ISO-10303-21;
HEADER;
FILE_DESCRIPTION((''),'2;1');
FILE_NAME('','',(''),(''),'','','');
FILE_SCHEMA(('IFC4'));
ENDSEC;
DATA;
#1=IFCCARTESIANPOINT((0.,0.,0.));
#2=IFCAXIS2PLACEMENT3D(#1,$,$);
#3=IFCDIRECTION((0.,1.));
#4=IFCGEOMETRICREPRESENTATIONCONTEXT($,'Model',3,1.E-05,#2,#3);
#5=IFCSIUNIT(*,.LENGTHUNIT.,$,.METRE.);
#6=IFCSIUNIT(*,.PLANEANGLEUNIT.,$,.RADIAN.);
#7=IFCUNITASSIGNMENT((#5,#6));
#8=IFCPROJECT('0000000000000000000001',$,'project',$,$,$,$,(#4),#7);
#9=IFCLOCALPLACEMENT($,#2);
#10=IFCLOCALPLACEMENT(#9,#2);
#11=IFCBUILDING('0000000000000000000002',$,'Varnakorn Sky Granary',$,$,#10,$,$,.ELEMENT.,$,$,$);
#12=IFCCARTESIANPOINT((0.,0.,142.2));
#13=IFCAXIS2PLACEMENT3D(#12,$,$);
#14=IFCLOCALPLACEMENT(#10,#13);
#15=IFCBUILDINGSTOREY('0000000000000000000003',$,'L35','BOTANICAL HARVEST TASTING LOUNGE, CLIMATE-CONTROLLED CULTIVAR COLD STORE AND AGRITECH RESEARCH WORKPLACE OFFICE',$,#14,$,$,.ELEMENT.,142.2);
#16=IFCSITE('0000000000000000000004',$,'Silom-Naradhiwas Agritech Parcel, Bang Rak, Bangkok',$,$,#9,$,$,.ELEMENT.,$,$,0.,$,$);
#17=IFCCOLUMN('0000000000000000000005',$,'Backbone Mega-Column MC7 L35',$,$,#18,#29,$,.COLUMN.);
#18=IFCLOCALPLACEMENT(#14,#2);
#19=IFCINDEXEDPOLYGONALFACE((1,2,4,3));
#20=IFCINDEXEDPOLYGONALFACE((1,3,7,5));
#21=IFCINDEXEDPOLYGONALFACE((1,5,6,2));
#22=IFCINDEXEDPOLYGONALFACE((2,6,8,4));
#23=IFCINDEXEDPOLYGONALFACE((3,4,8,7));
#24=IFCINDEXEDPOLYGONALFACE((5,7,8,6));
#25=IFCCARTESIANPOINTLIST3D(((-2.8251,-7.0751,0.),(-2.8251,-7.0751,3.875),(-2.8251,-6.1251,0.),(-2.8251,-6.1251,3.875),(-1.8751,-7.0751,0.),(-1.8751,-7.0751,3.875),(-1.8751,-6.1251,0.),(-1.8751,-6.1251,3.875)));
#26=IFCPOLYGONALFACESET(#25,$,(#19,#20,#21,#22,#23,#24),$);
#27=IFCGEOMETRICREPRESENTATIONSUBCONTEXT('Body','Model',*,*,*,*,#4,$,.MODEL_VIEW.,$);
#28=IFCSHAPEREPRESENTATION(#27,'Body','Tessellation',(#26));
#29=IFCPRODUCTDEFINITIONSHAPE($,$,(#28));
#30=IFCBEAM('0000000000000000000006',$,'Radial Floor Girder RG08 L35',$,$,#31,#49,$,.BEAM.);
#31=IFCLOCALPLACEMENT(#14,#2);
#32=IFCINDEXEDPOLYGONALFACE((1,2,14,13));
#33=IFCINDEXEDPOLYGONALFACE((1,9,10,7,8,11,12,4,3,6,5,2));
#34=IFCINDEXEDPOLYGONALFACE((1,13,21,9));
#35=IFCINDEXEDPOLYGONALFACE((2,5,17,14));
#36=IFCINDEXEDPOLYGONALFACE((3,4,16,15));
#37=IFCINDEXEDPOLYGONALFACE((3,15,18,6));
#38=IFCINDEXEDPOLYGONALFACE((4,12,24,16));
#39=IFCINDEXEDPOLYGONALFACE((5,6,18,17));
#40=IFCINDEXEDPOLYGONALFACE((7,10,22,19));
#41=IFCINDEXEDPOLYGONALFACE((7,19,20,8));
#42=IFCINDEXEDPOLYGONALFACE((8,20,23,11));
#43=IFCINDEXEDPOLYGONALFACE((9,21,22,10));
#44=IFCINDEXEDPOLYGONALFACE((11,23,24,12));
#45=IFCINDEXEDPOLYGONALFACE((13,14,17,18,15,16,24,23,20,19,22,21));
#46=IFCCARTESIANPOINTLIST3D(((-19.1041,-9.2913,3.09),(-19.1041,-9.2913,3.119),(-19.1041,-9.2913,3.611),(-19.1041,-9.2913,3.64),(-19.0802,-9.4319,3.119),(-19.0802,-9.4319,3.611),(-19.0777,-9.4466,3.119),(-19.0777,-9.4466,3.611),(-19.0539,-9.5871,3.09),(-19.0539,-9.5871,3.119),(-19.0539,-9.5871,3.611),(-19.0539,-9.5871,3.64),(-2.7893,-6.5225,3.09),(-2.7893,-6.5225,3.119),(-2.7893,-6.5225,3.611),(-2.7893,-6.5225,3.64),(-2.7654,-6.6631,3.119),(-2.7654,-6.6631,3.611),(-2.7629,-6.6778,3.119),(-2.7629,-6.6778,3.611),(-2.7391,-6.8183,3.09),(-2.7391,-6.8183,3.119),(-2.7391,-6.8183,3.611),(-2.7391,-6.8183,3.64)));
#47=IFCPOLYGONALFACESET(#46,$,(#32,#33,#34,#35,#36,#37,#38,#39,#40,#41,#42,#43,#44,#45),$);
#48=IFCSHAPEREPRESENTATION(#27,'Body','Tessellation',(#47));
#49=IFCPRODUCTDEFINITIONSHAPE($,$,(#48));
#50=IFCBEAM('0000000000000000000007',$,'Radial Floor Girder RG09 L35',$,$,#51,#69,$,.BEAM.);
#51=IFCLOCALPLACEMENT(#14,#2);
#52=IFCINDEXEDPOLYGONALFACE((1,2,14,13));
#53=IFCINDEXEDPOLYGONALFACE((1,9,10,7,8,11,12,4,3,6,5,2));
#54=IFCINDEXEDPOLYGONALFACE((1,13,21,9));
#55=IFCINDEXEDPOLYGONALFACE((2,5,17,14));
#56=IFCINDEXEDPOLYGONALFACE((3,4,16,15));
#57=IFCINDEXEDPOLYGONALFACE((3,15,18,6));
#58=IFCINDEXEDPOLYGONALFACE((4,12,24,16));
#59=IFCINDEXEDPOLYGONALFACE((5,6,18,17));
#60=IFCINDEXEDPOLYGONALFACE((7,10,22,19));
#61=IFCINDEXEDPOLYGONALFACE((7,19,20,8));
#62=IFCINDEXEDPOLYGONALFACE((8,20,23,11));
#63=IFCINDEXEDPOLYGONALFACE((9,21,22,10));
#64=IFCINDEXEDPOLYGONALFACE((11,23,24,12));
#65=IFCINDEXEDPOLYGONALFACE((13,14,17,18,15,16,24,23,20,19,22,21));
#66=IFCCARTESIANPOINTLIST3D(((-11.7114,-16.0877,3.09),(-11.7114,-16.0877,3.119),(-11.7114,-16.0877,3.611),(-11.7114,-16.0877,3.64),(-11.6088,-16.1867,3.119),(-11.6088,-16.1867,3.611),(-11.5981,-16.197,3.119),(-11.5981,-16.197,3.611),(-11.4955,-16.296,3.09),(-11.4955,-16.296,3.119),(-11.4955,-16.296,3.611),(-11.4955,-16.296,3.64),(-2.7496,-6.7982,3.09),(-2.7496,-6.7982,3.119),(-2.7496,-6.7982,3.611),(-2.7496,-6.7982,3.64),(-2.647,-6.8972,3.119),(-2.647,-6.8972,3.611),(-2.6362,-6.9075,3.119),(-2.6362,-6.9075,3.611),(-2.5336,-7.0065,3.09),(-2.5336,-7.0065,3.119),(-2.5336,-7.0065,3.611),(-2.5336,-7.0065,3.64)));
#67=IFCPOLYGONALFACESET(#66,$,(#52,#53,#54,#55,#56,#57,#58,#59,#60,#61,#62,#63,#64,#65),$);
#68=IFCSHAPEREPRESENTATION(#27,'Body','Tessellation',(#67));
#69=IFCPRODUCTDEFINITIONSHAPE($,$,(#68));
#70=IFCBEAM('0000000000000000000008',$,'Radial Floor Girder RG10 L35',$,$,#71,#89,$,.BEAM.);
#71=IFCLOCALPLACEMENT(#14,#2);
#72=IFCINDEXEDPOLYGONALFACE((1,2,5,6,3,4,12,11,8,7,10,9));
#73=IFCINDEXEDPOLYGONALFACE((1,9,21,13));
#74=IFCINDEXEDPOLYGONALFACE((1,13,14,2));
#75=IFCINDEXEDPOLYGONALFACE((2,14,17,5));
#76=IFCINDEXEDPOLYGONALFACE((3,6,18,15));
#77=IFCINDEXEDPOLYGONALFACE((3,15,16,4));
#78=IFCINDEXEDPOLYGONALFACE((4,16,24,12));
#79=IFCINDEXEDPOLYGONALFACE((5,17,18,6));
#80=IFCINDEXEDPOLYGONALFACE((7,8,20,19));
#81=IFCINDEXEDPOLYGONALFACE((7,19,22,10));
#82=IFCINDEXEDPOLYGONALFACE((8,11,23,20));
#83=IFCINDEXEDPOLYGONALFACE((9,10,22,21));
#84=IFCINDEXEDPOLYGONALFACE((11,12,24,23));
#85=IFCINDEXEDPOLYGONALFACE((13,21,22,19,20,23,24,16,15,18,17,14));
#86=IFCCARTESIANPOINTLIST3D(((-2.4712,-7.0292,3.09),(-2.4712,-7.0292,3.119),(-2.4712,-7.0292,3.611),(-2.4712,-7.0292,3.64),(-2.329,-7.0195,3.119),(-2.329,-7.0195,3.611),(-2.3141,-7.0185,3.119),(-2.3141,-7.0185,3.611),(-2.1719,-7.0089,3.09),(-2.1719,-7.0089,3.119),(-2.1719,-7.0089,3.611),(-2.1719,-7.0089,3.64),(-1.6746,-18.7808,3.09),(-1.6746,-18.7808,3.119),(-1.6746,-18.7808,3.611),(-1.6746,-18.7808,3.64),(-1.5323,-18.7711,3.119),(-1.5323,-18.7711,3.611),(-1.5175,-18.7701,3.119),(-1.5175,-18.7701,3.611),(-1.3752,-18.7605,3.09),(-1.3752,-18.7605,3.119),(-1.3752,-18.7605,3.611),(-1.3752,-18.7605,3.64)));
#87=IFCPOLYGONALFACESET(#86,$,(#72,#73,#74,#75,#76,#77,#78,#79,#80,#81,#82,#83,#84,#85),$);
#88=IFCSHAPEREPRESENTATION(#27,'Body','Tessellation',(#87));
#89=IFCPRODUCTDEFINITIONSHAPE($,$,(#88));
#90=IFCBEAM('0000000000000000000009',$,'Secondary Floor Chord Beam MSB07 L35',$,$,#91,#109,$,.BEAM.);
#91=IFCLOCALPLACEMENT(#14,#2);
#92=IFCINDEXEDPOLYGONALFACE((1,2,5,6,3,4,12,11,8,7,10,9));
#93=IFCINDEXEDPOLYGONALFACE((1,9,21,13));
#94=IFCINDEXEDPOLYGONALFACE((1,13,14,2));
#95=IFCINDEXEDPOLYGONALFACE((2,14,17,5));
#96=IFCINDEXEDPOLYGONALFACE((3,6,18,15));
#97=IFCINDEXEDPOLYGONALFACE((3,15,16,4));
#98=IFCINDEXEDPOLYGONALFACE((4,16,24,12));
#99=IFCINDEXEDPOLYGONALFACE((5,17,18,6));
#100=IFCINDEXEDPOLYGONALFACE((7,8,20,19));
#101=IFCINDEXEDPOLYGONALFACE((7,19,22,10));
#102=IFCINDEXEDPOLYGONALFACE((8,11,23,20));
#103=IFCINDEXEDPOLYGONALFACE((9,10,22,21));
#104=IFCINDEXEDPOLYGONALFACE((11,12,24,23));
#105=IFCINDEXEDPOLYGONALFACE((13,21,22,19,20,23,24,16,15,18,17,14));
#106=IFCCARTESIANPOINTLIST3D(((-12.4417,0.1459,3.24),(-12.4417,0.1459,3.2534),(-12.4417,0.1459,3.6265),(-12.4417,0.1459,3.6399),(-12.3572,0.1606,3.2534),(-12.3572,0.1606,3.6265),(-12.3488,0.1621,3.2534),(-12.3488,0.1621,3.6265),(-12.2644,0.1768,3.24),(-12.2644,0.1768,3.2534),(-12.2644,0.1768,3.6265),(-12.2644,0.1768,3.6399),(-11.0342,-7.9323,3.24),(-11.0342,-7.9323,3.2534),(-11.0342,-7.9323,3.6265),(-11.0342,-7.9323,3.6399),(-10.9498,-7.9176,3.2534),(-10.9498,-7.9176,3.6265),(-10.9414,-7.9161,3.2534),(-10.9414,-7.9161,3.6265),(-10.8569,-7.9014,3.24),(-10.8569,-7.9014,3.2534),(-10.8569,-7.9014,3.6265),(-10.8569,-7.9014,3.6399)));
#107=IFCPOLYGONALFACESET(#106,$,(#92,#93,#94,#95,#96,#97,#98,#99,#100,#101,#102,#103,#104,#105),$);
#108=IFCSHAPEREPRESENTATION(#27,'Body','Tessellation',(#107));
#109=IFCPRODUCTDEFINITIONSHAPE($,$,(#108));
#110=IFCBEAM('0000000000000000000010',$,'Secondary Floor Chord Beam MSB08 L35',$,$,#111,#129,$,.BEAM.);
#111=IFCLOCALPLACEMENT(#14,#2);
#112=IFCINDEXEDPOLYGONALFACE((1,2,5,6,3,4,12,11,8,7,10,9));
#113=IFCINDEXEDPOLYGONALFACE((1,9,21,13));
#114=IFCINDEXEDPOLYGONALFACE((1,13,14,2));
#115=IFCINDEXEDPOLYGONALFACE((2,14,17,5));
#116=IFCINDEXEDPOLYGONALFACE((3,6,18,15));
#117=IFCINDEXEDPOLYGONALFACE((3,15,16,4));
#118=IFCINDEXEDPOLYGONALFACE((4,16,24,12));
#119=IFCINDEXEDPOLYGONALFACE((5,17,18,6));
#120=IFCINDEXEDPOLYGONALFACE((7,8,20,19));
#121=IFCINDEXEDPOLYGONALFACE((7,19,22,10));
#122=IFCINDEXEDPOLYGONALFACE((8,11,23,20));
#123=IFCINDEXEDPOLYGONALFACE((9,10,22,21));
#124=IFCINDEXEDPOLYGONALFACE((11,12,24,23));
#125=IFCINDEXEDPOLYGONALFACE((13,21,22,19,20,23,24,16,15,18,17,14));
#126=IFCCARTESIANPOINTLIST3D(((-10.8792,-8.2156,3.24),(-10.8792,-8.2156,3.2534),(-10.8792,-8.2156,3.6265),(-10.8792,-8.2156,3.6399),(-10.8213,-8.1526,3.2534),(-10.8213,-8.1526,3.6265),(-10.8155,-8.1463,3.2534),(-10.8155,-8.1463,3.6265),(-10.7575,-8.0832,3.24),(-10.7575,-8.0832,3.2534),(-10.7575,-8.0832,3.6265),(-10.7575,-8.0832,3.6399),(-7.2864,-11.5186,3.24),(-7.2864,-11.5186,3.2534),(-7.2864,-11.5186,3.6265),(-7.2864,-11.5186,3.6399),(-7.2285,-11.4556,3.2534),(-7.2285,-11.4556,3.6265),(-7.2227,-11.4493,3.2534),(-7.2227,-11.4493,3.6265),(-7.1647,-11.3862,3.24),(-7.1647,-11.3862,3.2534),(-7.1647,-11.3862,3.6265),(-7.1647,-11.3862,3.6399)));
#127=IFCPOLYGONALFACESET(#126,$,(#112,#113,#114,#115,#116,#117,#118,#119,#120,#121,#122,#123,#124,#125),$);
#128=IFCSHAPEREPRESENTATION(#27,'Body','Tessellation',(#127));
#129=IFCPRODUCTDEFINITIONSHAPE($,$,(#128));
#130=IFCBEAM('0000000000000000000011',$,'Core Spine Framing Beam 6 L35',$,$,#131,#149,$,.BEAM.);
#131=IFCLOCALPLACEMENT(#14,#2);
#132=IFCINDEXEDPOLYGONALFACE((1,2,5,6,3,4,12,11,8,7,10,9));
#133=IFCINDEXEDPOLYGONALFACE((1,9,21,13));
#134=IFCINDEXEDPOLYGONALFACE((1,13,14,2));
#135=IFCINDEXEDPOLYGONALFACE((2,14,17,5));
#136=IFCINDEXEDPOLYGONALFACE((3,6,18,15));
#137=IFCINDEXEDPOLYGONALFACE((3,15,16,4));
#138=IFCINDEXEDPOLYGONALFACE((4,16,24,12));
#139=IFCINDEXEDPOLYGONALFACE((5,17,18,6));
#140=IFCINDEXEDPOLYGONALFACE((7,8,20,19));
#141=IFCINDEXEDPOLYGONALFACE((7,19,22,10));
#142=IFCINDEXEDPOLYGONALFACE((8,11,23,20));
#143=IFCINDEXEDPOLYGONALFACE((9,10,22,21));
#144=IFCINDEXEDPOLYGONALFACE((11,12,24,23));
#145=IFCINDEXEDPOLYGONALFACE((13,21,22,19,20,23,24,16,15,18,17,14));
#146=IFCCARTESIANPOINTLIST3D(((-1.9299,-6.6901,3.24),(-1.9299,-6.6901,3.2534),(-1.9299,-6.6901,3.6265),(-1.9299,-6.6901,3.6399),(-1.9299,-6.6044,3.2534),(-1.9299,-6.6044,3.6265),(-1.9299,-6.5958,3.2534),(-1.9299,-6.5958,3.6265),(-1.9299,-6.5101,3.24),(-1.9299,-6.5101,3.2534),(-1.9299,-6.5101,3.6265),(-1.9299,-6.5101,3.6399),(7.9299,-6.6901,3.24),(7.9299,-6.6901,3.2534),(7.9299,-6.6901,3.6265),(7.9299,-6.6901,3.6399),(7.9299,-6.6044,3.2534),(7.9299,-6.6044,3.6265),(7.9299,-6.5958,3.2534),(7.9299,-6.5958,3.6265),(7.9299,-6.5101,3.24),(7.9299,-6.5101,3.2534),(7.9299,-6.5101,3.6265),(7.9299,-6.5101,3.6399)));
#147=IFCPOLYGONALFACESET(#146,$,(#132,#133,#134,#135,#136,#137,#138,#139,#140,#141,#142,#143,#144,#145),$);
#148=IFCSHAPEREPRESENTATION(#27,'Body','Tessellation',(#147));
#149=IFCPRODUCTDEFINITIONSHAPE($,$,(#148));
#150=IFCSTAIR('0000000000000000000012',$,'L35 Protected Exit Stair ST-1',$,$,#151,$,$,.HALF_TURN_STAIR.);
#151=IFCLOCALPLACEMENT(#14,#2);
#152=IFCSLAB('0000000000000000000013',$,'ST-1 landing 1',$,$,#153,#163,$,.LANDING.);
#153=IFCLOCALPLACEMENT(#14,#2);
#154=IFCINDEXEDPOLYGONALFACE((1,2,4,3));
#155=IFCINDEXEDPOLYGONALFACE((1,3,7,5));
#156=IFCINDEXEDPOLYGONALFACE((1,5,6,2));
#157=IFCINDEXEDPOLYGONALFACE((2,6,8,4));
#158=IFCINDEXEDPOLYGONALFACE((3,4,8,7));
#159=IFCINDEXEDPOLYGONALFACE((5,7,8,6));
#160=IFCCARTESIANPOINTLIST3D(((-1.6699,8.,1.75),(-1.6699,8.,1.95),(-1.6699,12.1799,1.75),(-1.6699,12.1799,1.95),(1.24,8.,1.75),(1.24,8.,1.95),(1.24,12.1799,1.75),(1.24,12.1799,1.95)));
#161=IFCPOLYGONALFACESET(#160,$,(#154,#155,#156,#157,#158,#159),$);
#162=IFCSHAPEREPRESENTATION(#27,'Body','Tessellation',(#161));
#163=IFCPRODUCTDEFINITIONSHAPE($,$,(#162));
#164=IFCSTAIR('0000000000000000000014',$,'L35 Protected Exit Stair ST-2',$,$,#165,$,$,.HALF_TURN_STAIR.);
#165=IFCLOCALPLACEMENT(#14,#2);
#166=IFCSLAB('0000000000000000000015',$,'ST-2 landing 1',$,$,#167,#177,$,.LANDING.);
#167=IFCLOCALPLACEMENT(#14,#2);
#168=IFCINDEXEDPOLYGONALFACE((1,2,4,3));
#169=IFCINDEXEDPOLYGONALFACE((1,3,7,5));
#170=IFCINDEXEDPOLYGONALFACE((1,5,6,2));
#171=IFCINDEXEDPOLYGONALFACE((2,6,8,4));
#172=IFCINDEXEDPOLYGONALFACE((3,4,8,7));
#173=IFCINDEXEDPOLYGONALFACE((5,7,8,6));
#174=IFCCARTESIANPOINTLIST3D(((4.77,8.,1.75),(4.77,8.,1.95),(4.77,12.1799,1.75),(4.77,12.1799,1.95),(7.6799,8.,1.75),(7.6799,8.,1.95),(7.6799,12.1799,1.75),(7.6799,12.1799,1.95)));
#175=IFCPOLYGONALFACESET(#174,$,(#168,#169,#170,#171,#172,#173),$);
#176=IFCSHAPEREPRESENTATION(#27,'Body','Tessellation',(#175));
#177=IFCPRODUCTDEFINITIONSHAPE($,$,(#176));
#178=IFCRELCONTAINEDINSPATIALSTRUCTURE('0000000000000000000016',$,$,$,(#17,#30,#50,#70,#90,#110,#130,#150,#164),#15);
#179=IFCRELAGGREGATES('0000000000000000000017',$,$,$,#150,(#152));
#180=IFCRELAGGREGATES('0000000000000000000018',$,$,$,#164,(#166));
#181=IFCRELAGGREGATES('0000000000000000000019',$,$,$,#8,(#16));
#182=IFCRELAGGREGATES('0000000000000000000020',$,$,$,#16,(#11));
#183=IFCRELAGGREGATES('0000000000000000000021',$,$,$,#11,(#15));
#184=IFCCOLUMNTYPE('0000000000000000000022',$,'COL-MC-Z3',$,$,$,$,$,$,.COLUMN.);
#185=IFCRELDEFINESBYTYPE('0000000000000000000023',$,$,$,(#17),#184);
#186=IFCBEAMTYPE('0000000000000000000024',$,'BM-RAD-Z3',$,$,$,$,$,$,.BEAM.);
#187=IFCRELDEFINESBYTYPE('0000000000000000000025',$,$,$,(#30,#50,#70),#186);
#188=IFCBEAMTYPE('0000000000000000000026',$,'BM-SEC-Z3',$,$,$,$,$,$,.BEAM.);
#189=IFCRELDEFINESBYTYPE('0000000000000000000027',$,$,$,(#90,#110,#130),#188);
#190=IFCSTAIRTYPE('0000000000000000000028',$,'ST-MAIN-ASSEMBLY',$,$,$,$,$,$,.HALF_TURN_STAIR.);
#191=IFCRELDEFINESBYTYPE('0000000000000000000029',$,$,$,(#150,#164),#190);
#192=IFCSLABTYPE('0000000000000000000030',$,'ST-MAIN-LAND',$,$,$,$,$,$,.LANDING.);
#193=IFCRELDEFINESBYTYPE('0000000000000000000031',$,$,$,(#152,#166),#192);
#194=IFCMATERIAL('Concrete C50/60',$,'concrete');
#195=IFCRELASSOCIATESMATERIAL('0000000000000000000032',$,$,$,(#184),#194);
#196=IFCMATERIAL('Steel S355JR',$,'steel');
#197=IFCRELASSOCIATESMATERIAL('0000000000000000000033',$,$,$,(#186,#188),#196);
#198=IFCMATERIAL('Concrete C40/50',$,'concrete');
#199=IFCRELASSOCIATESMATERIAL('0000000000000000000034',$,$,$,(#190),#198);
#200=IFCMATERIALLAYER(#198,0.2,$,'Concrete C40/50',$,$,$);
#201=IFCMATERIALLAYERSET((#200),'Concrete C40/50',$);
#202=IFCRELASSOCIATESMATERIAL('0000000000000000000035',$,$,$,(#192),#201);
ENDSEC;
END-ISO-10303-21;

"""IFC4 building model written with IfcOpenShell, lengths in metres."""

from ifc_helpers import new_model, si_unit, direction, frame, origin, origin_2d, place, context, subcontext, project, spatial, polyline, rectangle, i_section, outline, extrude, material, layer, layer_set, material_profile, profile_set, type_object, element, aggregate, save


model = new_model("IFC4")

# Units and contexts
model_context = context("Model", 3, precision=1e-05, world=origin(), true_north=direction((0.0, 1.0)))
body_context = subcontext(model_context, "Body", "Model", "MODEL_VIEW")
ifc_project = project(units=[si_unit("LENGTHUNIT", "METRE"), si_unit("PLANEANGLEUNIT", "RADIAN")], contexts=[model_context])

# Site, building, storey
site_placement = place(None, origin())
site = spatial("IfcSite", under=ifc_project, at=site_placement, Name="Silom-Naradhiwas Agritech Parcel, Bang Rak, Bangkok", CompositionType="ELEMENT", RefElevation=0.0)
building_placement = place(site_placement, origin())
building = spatial("IfcBuilding", under=site, at=building_placement, Name="Varnakorn Sky Granary", CompositionType="ELEMENT")
storey_placement = place(building_placement, frame((0.0, 0.0, 142.2)))
storey = spatial("IfcBuildingStorey", under=building, at=storey_placement, Name="L35", Description="BOTANICAL HARVEST TASTING LOUNGE, CLIMATE-CONTROLLED CULTIVAR COLD STORE AND AGRITECH RESEARCH WORKPLACE OFFICE", CompositionType="ELEMENT", Elevation=142.2)

# Column
ifc_material_1 = material(Name="Concrete C50/60", Category="concrete")
ifc_material_profile_1 = material_profile(ifc_material_1, rectangle(XDim=0.95, YDim=0.95, at=origin_2d()), Name="RC 950x950")
ifc_profile_set_1 = profile_set([ifc_material_profile_1], Name="Concrete C50/60")
column_type = type_object("IfcColumnType", Name="COL-MC-Z3", PredefinedType="COLUMN", material=ifc_profile_set_1)
column_placement = place(storey_placement, frame((-2.3501, -6.6001, 0.0), z_axis=(0.0, 0.0, 1.0), x_axis=(1.0, 0.0, 0.0)))
element("IfcColumn", 1, at=column_placement, inside=storey, type_object=column_type, Name="Backbone Mega-Column MC7 L35", PredefinedType="COLUMN", context=body_context, shape_type="SweptSolid", body=[
    extrude(rectangle(XDim=0.95, YDim=0.95, at=origin_2d()), origin(), (0.0, 0.0, 1.0), 3.875),
])

# Beams
ifc_material_2 = material(Name="Steel S355JR", Category="steel")
ifc_material_profile_2 = material_profile(ifc_material_2, i_section(OverallWidth=0.3, OverallDepth=0.55, WebThickness=0.0149, FlangeThickness=0.0291, at=origin_2d()), Name="HE 550 B")
ifc_profile_set_2 = profile_set([ifc_material_profile_2], Name="Steel S355JR")
beam_type_1 = type_object("IfcBeamType", Name="BM-RAD-Z3", PredefinedType="BEAM", material=ifc_profile_set_2)
beam_1_placement = place(storey_placement, frame((-2.7642, -6.6704, 3.365), z_axis=(-0.985903, -0.167319, 0.0), x_axis=(0.167319, -0.985903, 0.0)))
element("IfcBeam", 2, at=beam_1_placement, inside=storey, type_object=beam_type_1, Name="Radial Floor Girder RG08 L35", PredefinedType="BEAM", context=body_context, shape_type="SweptSolid", body=[
    extrude(i_section(OverallWidth=0.3, OverallDepth=0.55, WebThickness=0.0149, FlangeThickness=0.0291, at=origin_2d()), origin(), (0.0, 0.0, 1.0), 16.5481),
])
beam_2_placement = place(storey_placement, frame((-2.6416, -6.9023, 3.365), z_axis=(-0.694301, -0.719684, 0.0), x_axis=(0.719684, -0.694301, 0.0)))
element("IfcBeam", 3, at=beam_2_placement, inside=storey, type_object=beam_type_1, Name="Radial Floor Girder RG09 L35", PredefinedType="BEAM", context=body_context, shape_type="SweptSolid", body=[
    extrude(i_section(OverallWidth=0.3, OverallDepth=0.55, WebThickness=0.0149, FlangeThickness=0.0291, at=origin_2d()), origin(), (0.0, 0.0, 1.0), 12.9077),
])
beam_3_placement = place(storey_placement, frame((-2.3215, -7.019, 3.365), z_axis=(0.067633, -0.99771, 0.0), x_axis=(0.99771, 0.067633, 0.0)))
element("IfcBeam", 4, at=beam_3_placement, inside=storey, type_object=beam_type_1, Name="Radial Floor Girder RG10 L35", PredefinedType="BEAM", context=body_context, shape_type="SweptSolid", body=[
    extrude(i_section(OverallWidth=0.3, OverallDepth=0.55, WebThickness=0.0149, FlangeThickness=0.0291, at=origin_2d()), origin(), (0.0, 0.0, 1.0), 11.7786),
])
ifc_material_profile_3 = material_profile(ifc_material_2, i_section(OverallWidth=0.1799, OverallDepth=0.3999, WebThickness=0.0085, FlangeThickness=0.0134, at=origin_2d()), Name="IPE 400")
ifc_profile_set_3 = profile_set([ifc_material_profile_3], Name="Steel S355JR")
beam_type_2 = type_object("IfcBeamType", Name="BM-SEC-Z3", PredefinedType="BEAM", material=ifc_profile_set_3)
beam_4_placement = place(storey_placement, frame((-12.353, 0.1614, 3.4399), z_axis=(0.171641, -0.985159, 0.0), x_axis=(0.985159, 0.171641, 0.0)))
element("IfcBeam", 5, at=beam_4_placement, inside=storey, type_object=beam_type_2, Name="Secondary Floor Chord Beam MSB07 L35", PredefinedType="BEAM", context=body_context, shape_type="SweptSolid", body=[
    extrude(i_section(OverallWidth=0.1799, OverallDepth=0.3999, WebThickness=0.0085, FlangeThickness=0.0134, at=origin_2d()), origin(), (0.0, 0.0, 1.0), 8.2),
])
beam_5_placement = place(storey_placement, frame((-10.8184, -8.1494, 3.4399), z_axis=(0.736173, -0.676793, 0.0), x_axis=(0.676793, 0.736173, 0.0)))
element("IfcBeam", 6, at=beam_5_placement, inside=storey, type_object=beam_type_2, Name="Secondary Floor Chord Beam MSB08 L35", PredefinedType="BEAM", context=body_context, shape_type="SweptSolid", body=[
    extrude(i_section(OverallWidth=0.1799, OverallDepth=0.3999, WebThickness=0.0085, FlangeThickness=0.0134, at=origin_2d()), origin(), (0.0, 0.0, 1.0), 4.8804),
])
beam_6_placement = place(storey_placement, frame((-1.9299, -6.6001, 3.4399), z_axis=(1.0, 0.0, 0.0), x_axis=(0.0, 1.0, 0.0)))
element("IfcBeam", 7, at=beam_6_placement, inside=storey, type_object=beam_type_2, Name="Core Spine Framing Beam 6 L35", PredefinedType="BEAM", context=body_context, shape_type="SweptSolid", body=[
    extrude(i_section(OverallWidth=0.1799, OverallDepth=0.3999, WebThickness=0.0085, FlangeThickness=0.0134, at=origin_2d()), origin(), (0.0, 0.0, 1.0), 9.8599),
])

# Stairs, slabs
ifc_material_3 = material(Name="Concrete C40/50", Category="concrete")
stair_type = type_object("IfcStairType", Name="ST-MAIN-ASSEMBLY", PredefinedType="HALF_TURN_STAIR", material=ifc_material_3)
stair_1_placement = place(storey_placement, origin())
stair_1 = element("IfcStair", 8, at=stair_1_placement, inside=storey, type_object=stair_type, Name="L35 Protected Exit Stair ST-1", PredefinedType="HALF_TURN_STAIR")
ifc_layer_1 = layer(ifc_material_3, 0.2, Name="Concrete C40/50")
ifc_layer_set_1 = layer_set([ifc_layer_1], Name="Concrete C40/50")
slab_type_1 = type_object("IfcSlabType", Name="ST-MAIN-LAND", PredefinedType="LANDING", material=ifc_layer_set_1)
slab_1_placement = place(storey_placement, frame((0.0, 0.0, 1.75)))
slab_1 = element("IfcSlab", 9, at=slab_1_placement, type_object=slab_type_1, Name="ST-1 landing 1", PredefinedType="LANDING", context=body_context, shape_type="SweptSolid", body=[
    extrude(outline(polyline([(1.24, 8.0), (1.24, 12.1799), (-1.6699, 12.1799), (-1.6699, 8.0), (1.24, 8.0)])), origin(), (0.0, 0.0, 1.0), 0.2),
])
aggregate(stair_1, [slab_1])
stair_2_placement = place(storey_placement, origin())
stair_2 = element("IfcStair", 10, at=stair_2_placement, inside=storey, type_object=stair_type, Name="L35 Protected Exit Stair ST-2", PredefinedType="HALF_TURN_STAIR")
slab_2_placement = place(storey_placement, frame((0.0, 0.0, 1.75)))
slab_2 = element("IfcSlab", 11, at=slab_2_placement, type_object=slab_type_1, Name="ST-2 landing 1", PredefinedType="LANDING", context=body_context, shape_type="SweptSolid", body=[
    extrude(outline(polyline([(7.6799, 8.0), (7.6799, 12.1799), (4.77, 12.1799), (4.77, 8.0), (7.6799, 8.0)])), origin(), (0.0, 0.0, 1.0), 0.2),
])
aggregate(stair_2, [slab_2])

save(model, "model.ifc")
